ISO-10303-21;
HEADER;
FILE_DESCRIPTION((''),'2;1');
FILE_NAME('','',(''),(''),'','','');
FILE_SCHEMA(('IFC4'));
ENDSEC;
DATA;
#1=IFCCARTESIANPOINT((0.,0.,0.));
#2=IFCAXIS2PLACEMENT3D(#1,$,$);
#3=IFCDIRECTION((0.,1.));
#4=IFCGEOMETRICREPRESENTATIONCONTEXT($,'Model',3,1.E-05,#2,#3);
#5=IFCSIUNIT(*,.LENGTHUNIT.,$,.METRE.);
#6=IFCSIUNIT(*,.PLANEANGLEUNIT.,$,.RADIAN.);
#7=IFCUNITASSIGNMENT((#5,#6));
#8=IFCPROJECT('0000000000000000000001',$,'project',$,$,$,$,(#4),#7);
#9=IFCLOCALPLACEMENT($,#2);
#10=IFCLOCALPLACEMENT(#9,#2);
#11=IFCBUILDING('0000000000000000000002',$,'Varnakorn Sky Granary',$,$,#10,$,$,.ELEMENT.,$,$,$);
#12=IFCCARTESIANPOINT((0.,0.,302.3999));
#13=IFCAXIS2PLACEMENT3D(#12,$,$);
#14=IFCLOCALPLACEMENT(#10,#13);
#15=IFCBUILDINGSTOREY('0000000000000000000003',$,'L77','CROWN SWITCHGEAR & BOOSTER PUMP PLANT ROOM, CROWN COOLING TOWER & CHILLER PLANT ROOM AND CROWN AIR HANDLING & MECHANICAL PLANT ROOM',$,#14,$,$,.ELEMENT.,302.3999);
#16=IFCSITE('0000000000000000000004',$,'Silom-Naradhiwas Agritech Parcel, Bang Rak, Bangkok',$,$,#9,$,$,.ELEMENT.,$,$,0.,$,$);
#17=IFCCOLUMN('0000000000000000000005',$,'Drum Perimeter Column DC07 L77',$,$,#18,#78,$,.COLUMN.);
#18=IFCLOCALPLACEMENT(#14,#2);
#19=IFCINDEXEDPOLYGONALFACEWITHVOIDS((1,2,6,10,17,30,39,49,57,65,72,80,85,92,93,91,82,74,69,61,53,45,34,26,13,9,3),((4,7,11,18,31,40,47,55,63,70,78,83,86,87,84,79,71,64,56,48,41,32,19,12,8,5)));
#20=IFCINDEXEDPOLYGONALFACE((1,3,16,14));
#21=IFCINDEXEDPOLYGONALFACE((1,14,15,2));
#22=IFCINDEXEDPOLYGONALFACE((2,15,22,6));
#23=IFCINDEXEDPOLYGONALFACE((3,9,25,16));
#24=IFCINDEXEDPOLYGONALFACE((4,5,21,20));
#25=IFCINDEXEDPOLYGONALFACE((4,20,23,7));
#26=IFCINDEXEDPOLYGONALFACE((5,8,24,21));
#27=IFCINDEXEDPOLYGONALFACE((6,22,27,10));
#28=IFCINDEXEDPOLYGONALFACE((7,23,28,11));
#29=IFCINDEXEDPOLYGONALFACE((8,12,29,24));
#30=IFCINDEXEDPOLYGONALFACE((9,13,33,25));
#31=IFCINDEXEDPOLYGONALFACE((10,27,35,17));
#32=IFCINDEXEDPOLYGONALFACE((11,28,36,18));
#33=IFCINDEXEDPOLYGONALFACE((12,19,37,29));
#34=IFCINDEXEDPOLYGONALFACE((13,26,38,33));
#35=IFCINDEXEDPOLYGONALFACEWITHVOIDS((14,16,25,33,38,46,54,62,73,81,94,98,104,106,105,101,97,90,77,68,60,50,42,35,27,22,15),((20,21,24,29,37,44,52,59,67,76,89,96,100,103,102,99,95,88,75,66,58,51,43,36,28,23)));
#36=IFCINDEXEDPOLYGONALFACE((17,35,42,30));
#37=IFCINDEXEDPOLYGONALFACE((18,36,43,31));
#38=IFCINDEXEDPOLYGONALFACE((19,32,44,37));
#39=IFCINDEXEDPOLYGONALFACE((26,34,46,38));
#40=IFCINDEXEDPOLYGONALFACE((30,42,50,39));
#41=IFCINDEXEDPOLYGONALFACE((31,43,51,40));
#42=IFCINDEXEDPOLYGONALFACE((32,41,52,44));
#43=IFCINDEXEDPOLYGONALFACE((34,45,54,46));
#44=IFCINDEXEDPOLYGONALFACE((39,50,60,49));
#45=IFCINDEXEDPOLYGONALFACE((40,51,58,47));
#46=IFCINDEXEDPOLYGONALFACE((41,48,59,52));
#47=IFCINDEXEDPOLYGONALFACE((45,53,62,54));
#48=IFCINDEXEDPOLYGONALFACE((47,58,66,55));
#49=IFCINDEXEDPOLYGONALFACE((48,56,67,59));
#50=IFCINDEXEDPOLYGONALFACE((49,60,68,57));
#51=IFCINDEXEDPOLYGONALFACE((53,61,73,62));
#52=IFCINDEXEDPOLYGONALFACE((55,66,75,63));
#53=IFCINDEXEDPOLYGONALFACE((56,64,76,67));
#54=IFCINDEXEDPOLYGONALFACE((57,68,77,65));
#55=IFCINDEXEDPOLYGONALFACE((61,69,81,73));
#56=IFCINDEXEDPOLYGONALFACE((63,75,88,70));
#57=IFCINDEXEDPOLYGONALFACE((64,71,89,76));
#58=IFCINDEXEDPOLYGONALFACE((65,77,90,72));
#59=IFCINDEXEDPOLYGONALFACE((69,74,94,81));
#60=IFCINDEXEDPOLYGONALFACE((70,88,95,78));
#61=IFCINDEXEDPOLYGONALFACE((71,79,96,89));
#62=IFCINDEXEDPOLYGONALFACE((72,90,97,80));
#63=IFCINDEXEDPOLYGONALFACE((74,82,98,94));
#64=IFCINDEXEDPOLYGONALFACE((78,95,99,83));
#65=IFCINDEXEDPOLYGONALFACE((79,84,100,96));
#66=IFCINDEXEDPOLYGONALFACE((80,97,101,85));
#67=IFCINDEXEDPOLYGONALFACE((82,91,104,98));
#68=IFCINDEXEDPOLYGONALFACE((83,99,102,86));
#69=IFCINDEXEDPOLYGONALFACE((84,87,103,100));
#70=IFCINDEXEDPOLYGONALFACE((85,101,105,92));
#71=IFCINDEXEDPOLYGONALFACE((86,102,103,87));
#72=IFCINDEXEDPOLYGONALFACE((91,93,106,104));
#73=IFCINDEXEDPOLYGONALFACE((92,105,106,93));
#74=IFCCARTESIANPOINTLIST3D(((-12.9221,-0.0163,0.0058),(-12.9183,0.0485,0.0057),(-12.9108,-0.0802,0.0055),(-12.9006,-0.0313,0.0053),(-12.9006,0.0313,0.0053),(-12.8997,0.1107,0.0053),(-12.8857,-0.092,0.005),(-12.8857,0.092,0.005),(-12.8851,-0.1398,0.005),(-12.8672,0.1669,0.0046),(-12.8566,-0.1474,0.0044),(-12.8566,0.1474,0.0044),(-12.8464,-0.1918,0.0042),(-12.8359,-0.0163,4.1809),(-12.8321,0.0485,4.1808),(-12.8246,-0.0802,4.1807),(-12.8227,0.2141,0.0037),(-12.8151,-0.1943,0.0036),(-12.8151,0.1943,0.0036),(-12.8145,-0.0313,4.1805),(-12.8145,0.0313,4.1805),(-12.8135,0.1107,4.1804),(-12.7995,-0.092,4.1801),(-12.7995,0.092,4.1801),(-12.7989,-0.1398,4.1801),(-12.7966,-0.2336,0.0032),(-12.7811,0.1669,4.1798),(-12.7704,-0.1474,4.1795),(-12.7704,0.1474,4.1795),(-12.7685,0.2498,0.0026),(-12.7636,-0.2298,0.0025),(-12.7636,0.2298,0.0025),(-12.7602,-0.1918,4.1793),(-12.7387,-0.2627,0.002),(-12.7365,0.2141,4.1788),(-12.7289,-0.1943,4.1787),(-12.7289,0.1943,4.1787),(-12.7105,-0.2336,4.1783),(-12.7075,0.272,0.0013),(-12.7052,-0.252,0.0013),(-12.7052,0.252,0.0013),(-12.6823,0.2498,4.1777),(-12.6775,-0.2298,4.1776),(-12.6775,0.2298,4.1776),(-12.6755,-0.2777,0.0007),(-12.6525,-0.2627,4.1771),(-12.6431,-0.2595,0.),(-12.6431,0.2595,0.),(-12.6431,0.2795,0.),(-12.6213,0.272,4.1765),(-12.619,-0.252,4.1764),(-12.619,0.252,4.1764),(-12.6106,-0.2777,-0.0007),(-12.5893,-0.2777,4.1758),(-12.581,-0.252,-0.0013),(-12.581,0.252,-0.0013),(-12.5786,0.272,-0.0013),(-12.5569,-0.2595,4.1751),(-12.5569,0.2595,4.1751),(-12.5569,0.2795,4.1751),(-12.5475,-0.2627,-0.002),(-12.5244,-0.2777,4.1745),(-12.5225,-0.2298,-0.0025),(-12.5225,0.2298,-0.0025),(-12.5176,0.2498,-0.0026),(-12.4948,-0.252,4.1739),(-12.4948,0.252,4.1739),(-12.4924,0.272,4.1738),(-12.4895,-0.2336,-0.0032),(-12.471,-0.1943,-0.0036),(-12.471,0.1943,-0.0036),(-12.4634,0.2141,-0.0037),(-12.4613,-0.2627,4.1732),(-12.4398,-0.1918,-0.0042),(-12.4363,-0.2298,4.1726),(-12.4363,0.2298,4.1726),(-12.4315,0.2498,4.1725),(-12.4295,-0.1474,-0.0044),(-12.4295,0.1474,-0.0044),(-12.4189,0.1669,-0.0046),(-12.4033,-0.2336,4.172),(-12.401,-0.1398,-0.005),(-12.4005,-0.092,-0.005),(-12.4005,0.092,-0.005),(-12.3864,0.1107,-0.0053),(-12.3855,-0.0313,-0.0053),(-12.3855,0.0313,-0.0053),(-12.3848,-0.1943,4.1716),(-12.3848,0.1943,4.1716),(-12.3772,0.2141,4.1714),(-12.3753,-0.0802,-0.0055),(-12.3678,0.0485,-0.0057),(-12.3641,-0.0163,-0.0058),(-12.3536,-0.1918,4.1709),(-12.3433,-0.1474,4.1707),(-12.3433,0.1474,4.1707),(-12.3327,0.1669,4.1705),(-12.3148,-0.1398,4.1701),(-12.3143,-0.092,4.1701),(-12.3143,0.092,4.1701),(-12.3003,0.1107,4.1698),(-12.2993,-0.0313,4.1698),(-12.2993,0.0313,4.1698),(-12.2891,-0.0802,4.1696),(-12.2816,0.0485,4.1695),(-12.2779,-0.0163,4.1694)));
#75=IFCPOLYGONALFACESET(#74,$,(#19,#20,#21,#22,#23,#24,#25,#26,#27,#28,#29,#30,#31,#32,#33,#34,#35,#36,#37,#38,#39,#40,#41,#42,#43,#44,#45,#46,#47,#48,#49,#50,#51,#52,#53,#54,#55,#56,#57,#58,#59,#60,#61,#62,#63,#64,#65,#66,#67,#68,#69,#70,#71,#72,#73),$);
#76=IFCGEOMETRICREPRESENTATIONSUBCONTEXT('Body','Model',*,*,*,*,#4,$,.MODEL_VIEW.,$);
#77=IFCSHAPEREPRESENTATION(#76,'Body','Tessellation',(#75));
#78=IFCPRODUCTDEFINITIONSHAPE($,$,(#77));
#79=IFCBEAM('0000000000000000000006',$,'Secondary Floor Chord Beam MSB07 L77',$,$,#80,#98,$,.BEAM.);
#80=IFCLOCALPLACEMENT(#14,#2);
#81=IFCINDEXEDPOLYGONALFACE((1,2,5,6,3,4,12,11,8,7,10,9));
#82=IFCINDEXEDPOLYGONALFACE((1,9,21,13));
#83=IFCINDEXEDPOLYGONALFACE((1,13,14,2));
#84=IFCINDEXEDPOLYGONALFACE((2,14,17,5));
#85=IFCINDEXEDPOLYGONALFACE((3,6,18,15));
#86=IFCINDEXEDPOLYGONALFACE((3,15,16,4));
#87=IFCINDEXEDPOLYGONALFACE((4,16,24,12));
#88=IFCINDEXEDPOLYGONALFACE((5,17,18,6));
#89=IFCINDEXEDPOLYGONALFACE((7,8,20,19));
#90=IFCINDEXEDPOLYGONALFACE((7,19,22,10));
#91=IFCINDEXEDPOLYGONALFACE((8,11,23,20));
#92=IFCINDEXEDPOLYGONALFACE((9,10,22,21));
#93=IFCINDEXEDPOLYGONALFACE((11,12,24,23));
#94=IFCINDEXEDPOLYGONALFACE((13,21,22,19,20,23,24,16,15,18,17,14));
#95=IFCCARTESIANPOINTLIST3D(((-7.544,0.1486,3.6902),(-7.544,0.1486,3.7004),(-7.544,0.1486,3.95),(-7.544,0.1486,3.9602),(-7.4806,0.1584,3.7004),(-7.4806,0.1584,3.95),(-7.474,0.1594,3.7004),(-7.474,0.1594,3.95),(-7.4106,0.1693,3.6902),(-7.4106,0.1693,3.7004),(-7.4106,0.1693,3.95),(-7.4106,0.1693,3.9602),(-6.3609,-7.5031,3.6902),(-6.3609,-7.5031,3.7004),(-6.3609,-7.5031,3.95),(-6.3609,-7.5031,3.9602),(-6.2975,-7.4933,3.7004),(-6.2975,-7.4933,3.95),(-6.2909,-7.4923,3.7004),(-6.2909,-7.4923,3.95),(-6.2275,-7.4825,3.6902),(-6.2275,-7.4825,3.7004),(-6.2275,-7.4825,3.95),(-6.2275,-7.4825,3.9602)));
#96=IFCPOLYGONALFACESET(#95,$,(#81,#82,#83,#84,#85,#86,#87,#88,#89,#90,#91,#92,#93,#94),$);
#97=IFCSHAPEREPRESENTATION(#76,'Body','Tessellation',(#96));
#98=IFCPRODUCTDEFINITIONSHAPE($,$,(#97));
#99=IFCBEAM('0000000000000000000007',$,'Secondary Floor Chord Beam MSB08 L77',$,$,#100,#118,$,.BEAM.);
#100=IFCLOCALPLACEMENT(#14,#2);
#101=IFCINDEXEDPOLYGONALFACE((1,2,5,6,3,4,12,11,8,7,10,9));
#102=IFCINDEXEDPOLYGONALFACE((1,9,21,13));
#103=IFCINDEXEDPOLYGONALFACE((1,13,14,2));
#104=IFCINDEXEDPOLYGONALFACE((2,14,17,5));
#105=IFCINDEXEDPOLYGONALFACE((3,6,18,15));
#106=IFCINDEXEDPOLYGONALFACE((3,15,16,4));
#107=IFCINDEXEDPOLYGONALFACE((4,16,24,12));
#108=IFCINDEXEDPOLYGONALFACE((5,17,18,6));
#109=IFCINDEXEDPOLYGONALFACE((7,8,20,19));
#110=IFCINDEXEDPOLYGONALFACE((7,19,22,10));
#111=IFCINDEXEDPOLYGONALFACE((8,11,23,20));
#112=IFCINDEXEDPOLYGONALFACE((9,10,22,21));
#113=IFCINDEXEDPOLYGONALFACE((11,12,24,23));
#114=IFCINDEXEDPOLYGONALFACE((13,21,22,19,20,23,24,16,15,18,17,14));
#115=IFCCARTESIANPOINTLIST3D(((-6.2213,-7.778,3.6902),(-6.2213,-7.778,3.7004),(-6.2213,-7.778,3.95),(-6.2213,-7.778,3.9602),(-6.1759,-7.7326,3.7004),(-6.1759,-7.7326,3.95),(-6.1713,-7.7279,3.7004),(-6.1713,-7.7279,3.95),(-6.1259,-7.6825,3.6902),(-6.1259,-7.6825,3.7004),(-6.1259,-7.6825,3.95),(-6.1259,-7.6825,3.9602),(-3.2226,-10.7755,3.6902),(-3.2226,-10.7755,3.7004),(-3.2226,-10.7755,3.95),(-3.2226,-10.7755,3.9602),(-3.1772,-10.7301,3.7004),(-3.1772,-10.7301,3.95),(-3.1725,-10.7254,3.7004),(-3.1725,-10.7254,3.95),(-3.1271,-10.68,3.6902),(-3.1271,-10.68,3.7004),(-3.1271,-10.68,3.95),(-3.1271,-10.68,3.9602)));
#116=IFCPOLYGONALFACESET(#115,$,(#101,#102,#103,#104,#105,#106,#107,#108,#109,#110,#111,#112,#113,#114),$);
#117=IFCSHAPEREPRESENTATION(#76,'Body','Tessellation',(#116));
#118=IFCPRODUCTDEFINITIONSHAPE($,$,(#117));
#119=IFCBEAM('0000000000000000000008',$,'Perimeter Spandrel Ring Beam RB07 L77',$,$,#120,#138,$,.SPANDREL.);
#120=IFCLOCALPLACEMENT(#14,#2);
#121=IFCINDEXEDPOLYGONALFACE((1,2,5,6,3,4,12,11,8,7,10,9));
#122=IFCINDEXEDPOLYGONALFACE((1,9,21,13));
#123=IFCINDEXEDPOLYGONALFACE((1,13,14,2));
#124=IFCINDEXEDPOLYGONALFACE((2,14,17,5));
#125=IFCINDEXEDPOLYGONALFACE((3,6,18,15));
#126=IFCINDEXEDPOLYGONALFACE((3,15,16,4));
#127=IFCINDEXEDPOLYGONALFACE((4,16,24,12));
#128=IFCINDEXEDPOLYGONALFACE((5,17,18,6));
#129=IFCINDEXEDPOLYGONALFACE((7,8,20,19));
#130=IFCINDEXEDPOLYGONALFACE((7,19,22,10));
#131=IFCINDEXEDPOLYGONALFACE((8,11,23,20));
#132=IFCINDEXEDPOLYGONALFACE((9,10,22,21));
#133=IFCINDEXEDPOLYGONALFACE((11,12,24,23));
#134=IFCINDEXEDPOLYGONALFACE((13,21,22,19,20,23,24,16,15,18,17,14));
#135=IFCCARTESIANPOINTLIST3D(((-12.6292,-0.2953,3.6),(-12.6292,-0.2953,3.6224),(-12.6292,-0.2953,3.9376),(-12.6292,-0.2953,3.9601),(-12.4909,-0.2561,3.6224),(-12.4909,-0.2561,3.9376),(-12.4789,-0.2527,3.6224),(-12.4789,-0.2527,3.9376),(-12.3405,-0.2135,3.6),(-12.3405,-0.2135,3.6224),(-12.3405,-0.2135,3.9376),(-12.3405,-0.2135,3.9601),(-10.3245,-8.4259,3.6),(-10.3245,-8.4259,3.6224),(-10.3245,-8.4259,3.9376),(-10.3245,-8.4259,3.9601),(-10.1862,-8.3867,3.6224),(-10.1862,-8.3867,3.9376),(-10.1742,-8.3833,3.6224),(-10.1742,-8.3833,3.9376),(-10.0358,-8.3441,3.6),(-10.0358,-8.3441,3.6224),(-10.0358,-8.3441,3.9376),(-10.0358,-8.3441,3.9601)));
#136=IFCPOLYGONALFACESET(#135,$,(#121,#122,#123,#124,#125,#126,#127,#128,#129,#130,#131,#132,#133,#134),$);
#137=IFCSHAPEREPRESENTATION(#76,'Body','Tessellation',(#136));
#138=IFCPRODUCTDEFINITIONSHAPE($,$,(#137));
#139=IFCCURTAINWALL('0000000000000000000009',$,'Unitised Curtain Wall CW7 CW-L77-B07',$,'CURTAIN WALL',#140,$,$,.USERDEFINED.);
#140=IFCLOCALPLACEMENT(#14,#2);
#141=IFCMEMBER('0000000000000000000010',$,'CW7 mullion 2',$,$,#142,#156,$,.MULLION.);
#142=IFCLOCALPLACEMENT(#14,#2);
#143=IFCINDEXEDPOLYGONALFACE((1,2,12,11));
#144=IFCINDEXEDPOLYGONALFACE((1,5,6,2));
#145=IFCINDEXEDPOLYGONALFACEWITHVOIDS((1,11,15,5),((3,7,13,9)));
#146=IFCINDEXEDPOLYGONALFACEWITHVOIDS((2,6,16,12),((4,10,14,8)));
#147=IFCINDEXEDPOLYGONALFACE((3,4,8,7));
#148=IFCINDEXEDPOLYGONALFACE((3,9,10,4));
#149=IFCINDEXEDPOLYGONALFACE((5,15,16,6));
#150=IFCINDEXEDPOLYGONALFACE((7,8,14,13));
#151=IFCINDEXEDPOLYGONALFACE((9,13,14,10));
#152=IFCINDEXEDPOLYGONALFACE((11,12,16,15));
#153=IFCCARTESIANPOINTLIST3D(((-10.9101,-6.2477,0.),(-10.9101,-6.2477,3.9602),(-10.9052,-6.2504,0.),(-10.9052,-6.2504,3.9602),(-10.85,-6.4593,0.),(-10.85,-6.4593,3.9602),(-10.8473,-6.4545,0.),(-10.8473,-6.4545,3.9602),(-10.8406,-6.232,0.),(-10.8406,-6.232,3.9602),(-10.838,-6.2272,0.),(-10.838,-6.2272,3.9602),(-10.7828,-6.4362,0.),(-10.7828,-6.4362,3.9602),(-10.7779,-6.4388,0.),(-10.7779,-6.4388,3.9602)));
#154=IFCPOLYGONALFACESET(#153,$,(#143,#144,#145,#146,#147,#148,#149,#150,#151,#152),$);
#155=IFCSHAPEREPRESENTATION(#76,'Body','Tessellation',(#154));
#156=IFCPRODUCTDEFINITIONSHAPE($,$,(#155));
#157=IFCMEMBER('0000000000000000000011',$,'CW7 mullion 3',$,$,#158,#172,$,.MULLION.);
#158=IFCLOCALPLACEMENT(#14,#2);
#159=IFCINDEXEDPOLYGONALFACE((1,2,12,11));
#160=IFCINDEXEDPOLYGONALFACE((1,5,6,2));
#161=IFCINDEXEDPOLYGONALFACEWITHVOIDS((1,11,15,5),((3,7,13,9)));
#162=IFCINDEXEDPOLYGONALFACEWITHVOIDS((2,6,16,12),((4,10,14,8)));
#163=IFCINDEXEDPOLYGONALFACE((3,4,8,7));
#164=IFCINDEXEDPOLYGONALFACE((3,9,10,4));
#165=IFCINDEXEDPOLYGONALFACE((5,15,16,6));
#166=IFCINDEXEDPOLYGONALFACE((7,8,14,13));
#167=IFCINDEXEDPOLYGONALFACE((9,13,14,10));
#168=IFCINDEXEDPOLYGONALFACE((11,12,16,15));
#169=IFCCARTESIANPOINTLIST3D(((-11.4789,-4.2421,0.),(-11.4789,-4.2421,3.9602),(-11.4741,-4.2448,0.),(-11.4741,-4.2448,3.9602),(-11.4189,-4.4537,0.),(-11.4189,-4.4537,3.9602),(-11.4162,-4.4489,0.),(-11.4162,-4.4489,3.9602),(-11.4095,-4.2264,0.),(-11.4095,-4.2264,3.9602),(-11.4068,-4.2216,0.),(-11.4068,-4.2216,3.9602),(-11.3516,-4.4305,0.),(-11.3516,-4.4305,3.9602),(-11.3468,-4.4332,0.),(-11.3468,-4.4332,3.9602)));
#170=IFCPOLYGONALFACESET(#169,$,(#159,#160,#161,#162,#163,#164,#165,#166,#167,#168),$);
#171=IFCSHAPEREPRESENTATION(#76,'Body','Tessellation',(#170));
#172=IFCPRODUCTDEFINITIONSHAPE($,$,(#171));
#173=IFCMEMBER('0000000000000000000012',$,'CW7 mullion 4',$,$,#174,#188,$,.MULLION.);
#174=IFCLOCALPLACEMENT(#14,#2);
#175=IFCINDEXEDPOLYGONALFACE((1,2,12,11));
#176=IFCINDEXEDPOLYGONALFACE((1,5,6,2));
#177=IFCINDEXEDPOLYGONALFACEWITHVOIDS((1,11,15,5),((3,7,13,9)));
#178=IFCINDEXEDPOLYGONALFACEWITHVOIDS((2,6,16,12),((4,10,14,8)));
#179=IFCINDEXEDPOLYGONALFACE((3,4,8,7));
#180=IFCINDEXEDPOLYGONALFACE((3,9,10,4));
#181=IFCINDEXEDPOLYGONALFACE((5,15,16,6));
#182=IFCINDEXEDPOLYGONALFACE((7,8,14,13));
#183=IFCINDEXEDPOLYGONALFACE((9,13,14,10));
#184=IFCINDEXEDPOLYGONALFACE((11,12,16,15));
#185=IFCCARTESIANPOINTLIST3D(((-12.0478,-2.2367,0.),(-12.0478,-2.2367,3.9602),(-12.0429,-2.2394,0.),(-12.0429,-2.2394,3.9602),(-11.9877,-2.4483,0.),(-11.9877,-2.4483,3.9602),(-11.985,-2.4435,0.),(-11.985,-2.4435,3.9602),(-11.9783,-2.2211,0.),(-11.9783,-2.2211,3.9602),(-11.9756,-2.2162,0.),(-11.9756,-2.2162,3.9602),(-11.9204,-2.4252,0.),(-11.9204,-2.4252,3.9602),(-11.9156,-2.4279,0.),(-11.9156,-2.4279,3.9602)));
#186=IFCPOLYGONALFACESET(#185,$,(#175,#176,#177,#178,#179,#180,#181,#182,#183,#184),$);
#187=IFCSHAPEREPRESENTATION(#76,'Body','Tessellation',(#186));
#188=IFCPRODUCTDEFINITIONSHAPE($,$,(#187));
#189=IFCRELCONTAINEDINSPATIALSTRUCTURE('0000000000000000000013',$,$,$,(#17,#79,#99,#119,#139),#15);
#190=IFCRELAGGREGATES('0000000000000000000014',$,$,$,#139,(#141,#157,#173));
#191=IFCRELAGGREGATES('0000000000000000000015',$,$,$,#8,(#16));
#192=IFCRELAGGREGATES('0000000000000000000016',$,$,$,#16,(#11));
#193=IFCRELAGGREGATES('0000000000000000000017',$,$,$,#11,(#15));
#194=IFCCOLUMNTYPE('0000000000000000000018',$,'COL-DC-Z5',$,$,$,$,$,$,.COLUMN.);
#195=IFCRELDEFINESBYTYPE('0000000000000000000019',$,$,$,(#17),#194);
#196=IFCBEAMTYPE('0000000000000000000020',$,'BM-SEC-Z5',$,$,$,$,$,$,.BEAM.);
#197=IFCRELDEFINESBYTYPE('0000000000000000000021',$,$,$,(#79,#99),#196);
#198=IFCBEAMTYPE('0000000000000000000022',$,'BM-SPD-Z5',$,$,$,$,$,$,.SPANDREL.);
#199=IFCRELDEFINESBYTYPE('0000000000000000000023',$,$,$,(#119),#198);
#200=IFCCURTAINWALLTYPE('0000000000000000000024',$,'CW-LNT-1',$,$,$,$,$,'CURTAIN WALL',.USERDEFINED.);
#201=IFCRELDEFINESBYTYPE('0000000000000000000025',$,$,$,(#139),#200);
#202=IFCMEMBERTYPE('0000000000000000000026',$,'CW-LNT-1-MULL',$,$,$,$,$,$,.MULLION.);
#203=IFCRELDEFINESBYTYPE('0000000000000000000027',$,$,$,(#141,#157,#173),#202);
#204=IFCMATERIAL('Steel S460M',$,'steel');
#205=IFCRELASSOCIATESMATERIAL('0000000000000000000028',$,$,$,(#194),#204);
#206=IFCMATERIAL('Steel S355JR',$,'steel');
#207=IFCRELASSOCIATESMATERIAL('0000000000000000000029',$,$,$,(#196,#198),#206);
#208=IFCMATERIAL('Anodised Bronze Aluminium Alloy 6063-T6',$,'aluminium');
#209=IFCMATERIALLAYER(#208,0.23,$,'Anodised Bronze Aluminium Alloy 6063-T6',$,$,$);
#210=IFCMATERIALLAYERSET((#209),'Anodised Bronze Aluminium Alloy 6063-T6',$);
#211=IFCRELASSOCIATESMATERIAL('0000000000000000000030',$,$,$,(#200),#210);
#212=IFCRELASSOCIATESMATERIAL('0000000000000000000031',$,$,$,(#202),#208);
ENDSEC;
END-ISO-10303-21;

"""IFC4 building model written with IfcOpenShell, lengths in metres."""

from ifc_helpers import new_model, si_unit, direction, frame, origin, origin_2d, place, context, subcontext, project, spatial, hollow_rectangle, hollow_circle, i_section, extrude, material, layer, layer_set, material_profile, profile_set, type_object, element, aggregate, save


model = new_model("IFC4")

# Units and contexts
model_context = context("Model", 3, precision=1e-05, world=origin(), true_north=direction((0.0, 1.0)))
body_context = subcontext(model_context, "Body", "Model", "MODEL_VIEW")
ifc_project = project(units=[si_unit("LENGTHUNIT", "METRE"), si_unit("PLANEANGLEUNIT", "RADIAN")], contexts=[model_context])

# Site, building, storey
site_placement = place(None, origin())
site = spatial("IfcSite", under=ifc_project, at=site_placement, Name="Silom-Naradhiwas Agritech Parcel, Bang Rak, Bangkok", CompositionType="ELEMENT", RefElevation=0.0)
building_placement = place(site_placement, origin())
building = spatial("IfcBuilding", under=site, at=building_placement, Name="Varnakorn Sky Granary", CompositionType="ELEMENT")
storey_placement = place(building_placement, frame((0.0, 0.0, 302.3999)))
storey = spatial("IfcBuildingStorey", under=building, at=storey_placement, Name="L77", Description="CROWN SWITCHGEAR & BOOSTER PUMP PLANT ROOM, CROWN COOLING TOWER & CHILLER PLANT ROOM AND CROWN AIR HANDLING & MECHANICAL PLANT ROOM", CompositionType="ELEMENT", Elevation=302.3999)

# Column
ifc_material_1 = material(Name="Steel S460M", Category="steel")
ifc_material_profile_1 = material_profile(ifc_material_1, hollow_circle(Radius=0.2795, WallThickness=0.02, at=origin_2d()), Name="CHS 559x20")
ifc_profile_set_1 = profile_set([ifc_material_profile_1], Name="Steel S460M")
column_type = type_object("IfcColumnType", Name="COL-DC-Z5", PredefinedType="COLUMN", material=ifc_profile_set_1)
column_placement = place(storey_placement, frame((-12.6431, 0.0, 0.0), z_axis=(0.020638, 0.0, 0.999787), x_axis=(0.0, 1.0, 0.0)))
element("IfcColumn", 1, at=column_placement, inside=storey, type_object=column_type, Name="Drum Perimeter Column DC07 L77", PredefinedType="COLUMN", context=body_context, shape_type="SweptSolid", body=[
    extrude(hollow_circle(Radius=0.2795, WallThickness=0.02, at=origin_2d()), origin(), (0.0, 0.0, 1.0), 4.176),
])

# Beams
ifc_material_2 = material(Name="Steel S355JR", Category="steel")
ifc_material_profile_2 = material_profile(ifc_material_2, i_section(OverallWidth=0.135, OverallDepth=0.27, WebThickness=0.0066, FlangeThickness=0.0103, at=origin_2d()), Name="IPE 270")
ifc_profile_set_2 = profile_set([ifc_material_profile_2], Name="Steel S355JR")
beam_type_1 = type_object("IfcBeamType", Name="BM-SEC-Z5", PredefinedType="BEAM", material=ifc_profile_set_2)
beam_1_placement = place(storey_placement, frame((-7.4773, 0.1589, 3.8252), z_axis=(0.152801, -0.988257, 0.0), x_axis=(0.988257, 0.152801, 0.0)))
element("IfcBeam", 2, at=beam_1_placement, inside=storey, type_object=beam_type_1, Name="Secondary Floor Chord Beam MSB07 L77", PredefinedType="BEAM", context=body_context, shape_type="SweptSolid", body=[
    extrude(i_section(OverallWidth=0.135, OverallDepth=0.27, WebThickness=0.0066, FlangeThickness=0.0103, at=origin_2d()), origin(), (0.0, 0.0, 1.0), 7.7427),
])
beam_2_placement = place(storey_placement, frame((-6.1736, -7.7302, 3.8252), z_axis=(0.707251, -0.706963, 0.0), x_axis=(0.706963, 0.707251, 0.0)))
element("IfcBeam", 3, at=beam_2_placement, inside=storey, type_object=beam_type_1, Name="Secondary Floor Chord Beam MSB08 L77", PredefinedType="BEAM", context=body_context, shape_type="SweptSolid", body=[
    extrude(i_section(OverallWidth=0.135, OverallDepth=0.27, WebThickness=0.0066, FlangeThickness=0.0103, at=origin_2d()), origin(), (0.0, 0.0, 1.0), 4.24),
])
ifc_material_profile_3 = material_profile(ifc_material_2, i_section(OverallWidth=0.3, OverallDepth=0.3601, WebThickness=0.0125, FlangeThickness=0.0225, at=origin_2d()), Name="HE 360 B")
ifc_profile_set_3 = profile_set([ifc_material_profile_3], Name="Steel S355JR")
beam_type_2 = type_object("IfcBeamType", Name="BM-SPD-Z5", PredefinedType="SPANDREL", material=ifc_profile_set_3)
beam_3_placement = place(storey_placement, frame((-12.4849, -0.2544, 3.78), z_axis=(0.272714, -0.962095, 0.0), x_axis=(0.962095, 0.272714, 0.0)))
element("IfcBeam", 4, at=beam_3_placement, inside=storey, type_object=beam_type_2, Name="Perimeter Spandrel Ring Beam RB07 L77", PredefinedType="SPANDREL", context=body_context, shape_type="SweptSolid", body=[
    extrude(i_section(OverallWidth=0.3, OverallDepth=0.3601, WebThickness=0.0125, FlangeThickness=0.0225, at=origin_2d()), origin(), (0.0, 0.0, 1.0), 8.4509),
])

# Curtain wall, members
ifc_material_3 = material(Name="Anodised Bronze Aluminium Alloy 6063-T6", Category="aluminium")
ifc_layer_1 = layer(ifc_material_3, 0.23, Name="Anodised Bronze Aluminium Alloy 6063-T6")
ifc_layer_set_1 = layer_set([ifc_layer_1], Name="Anodised Bronze Aluminium Alloy 6063-T6")
curtain_wall_type = type_object("IfcCurtainWallType", Name="CW-LNT-1", ElementType="CURTAIN WALL", PredefinedType="USERDEFINED", material=ifc_layer_set_1)
curtain_wall_placement = place(storey_placement, origin())
curtain_wall = element("IfcCurtainWall", 5, at=curtain_wall_placement, inside=storey, type_object=curtain_wall_type, Name="Unitised Curtain Wall CW7 CW-L77-B07", ObjectType="CURTAIN WALL", PredefinedType="USERDEFINED")
ifc_material_profile_4 = material_profile(ifc_material_3, hollow_rectangle(XDim=0.075, YDim=0.22, WallThickness=0.0039, at=origin_2d()), Name="ALU MULL 75x220")
ifc_profile_set_4 = profile_set([ifc_material_profile_4], Name="Anodised Bronze Aluminium Alloy 6063-T6")
member_type_1 = type_object("IfcMemberType", Name="CW-LNT-1-MULL", PredefinedType="MULLION", material=ifc_profile_set_4)
member_1_placement = place(storey_placement, frame((-10.844, -6.3433, 0.0), z_axis=(0.0, 0.0, 1.0), x_axis=(-0.962054, -0.27286, 0.0)))
member_1 = element("IfcMember", 6, at=member_1_placement, type_object=member_type_1, Name="CW7 mullion 2", PredefinedType="MULLION", context=body_context, shape_type="SweptSolid", body=[
    extrude(hollow_rectangle(XDim=0.075, YDim=0.22, WallThickness=0.0039, at=origin_2d()), origin(), (0.0, 0.0, 1.0), 3.9602),
])
member_2_placement = place(storey_placement, frame((-11.4128, -4.3376, 0.0), z_axis=(0.0, 0.0, 1.0), x_axis=(-0.962054, -0.27286, 0.0)))
member_2 = element("IfcMember", 7, at=member_2_placement, type_object=member_type_1, Name="CW7 mullion 3", PredefinedType="MULLION", context=body_context, shape_type="SweptSolid", body=[
    extrude(hollow_rectangle(XDim=0.075, YDim=0.22, WallThickness=0.0039, at=origin_2d()), origin(), (0.0, 0.0, 1.0), 3.9602),
])
member_3_placement = place(storey_placement, frame((-11.9817, -2.3323, 0.0), z_axis=(0.0, 0.0, 1.0), x_axis=(-0.962054, -0.27286, 0.0)))
member_3 = element("IfcMember", 8, at=member_3_placement, type_object=member_type_1, Name="CW7 mullion 4", PredefinedType="MULLION", context=body_context, shape_type="SweptSolid", body=[
    extrude(hollow_rectangle(XDim=0.075, YDim=0.22, WallThickness=0.0039, at=origin_2d()), origin(), (0.0, 0.0, 1.0), 3.9602),
])

aggregate(curtain_wall, [member_1, member_2, member_3])

save(model, "model.ifc")
